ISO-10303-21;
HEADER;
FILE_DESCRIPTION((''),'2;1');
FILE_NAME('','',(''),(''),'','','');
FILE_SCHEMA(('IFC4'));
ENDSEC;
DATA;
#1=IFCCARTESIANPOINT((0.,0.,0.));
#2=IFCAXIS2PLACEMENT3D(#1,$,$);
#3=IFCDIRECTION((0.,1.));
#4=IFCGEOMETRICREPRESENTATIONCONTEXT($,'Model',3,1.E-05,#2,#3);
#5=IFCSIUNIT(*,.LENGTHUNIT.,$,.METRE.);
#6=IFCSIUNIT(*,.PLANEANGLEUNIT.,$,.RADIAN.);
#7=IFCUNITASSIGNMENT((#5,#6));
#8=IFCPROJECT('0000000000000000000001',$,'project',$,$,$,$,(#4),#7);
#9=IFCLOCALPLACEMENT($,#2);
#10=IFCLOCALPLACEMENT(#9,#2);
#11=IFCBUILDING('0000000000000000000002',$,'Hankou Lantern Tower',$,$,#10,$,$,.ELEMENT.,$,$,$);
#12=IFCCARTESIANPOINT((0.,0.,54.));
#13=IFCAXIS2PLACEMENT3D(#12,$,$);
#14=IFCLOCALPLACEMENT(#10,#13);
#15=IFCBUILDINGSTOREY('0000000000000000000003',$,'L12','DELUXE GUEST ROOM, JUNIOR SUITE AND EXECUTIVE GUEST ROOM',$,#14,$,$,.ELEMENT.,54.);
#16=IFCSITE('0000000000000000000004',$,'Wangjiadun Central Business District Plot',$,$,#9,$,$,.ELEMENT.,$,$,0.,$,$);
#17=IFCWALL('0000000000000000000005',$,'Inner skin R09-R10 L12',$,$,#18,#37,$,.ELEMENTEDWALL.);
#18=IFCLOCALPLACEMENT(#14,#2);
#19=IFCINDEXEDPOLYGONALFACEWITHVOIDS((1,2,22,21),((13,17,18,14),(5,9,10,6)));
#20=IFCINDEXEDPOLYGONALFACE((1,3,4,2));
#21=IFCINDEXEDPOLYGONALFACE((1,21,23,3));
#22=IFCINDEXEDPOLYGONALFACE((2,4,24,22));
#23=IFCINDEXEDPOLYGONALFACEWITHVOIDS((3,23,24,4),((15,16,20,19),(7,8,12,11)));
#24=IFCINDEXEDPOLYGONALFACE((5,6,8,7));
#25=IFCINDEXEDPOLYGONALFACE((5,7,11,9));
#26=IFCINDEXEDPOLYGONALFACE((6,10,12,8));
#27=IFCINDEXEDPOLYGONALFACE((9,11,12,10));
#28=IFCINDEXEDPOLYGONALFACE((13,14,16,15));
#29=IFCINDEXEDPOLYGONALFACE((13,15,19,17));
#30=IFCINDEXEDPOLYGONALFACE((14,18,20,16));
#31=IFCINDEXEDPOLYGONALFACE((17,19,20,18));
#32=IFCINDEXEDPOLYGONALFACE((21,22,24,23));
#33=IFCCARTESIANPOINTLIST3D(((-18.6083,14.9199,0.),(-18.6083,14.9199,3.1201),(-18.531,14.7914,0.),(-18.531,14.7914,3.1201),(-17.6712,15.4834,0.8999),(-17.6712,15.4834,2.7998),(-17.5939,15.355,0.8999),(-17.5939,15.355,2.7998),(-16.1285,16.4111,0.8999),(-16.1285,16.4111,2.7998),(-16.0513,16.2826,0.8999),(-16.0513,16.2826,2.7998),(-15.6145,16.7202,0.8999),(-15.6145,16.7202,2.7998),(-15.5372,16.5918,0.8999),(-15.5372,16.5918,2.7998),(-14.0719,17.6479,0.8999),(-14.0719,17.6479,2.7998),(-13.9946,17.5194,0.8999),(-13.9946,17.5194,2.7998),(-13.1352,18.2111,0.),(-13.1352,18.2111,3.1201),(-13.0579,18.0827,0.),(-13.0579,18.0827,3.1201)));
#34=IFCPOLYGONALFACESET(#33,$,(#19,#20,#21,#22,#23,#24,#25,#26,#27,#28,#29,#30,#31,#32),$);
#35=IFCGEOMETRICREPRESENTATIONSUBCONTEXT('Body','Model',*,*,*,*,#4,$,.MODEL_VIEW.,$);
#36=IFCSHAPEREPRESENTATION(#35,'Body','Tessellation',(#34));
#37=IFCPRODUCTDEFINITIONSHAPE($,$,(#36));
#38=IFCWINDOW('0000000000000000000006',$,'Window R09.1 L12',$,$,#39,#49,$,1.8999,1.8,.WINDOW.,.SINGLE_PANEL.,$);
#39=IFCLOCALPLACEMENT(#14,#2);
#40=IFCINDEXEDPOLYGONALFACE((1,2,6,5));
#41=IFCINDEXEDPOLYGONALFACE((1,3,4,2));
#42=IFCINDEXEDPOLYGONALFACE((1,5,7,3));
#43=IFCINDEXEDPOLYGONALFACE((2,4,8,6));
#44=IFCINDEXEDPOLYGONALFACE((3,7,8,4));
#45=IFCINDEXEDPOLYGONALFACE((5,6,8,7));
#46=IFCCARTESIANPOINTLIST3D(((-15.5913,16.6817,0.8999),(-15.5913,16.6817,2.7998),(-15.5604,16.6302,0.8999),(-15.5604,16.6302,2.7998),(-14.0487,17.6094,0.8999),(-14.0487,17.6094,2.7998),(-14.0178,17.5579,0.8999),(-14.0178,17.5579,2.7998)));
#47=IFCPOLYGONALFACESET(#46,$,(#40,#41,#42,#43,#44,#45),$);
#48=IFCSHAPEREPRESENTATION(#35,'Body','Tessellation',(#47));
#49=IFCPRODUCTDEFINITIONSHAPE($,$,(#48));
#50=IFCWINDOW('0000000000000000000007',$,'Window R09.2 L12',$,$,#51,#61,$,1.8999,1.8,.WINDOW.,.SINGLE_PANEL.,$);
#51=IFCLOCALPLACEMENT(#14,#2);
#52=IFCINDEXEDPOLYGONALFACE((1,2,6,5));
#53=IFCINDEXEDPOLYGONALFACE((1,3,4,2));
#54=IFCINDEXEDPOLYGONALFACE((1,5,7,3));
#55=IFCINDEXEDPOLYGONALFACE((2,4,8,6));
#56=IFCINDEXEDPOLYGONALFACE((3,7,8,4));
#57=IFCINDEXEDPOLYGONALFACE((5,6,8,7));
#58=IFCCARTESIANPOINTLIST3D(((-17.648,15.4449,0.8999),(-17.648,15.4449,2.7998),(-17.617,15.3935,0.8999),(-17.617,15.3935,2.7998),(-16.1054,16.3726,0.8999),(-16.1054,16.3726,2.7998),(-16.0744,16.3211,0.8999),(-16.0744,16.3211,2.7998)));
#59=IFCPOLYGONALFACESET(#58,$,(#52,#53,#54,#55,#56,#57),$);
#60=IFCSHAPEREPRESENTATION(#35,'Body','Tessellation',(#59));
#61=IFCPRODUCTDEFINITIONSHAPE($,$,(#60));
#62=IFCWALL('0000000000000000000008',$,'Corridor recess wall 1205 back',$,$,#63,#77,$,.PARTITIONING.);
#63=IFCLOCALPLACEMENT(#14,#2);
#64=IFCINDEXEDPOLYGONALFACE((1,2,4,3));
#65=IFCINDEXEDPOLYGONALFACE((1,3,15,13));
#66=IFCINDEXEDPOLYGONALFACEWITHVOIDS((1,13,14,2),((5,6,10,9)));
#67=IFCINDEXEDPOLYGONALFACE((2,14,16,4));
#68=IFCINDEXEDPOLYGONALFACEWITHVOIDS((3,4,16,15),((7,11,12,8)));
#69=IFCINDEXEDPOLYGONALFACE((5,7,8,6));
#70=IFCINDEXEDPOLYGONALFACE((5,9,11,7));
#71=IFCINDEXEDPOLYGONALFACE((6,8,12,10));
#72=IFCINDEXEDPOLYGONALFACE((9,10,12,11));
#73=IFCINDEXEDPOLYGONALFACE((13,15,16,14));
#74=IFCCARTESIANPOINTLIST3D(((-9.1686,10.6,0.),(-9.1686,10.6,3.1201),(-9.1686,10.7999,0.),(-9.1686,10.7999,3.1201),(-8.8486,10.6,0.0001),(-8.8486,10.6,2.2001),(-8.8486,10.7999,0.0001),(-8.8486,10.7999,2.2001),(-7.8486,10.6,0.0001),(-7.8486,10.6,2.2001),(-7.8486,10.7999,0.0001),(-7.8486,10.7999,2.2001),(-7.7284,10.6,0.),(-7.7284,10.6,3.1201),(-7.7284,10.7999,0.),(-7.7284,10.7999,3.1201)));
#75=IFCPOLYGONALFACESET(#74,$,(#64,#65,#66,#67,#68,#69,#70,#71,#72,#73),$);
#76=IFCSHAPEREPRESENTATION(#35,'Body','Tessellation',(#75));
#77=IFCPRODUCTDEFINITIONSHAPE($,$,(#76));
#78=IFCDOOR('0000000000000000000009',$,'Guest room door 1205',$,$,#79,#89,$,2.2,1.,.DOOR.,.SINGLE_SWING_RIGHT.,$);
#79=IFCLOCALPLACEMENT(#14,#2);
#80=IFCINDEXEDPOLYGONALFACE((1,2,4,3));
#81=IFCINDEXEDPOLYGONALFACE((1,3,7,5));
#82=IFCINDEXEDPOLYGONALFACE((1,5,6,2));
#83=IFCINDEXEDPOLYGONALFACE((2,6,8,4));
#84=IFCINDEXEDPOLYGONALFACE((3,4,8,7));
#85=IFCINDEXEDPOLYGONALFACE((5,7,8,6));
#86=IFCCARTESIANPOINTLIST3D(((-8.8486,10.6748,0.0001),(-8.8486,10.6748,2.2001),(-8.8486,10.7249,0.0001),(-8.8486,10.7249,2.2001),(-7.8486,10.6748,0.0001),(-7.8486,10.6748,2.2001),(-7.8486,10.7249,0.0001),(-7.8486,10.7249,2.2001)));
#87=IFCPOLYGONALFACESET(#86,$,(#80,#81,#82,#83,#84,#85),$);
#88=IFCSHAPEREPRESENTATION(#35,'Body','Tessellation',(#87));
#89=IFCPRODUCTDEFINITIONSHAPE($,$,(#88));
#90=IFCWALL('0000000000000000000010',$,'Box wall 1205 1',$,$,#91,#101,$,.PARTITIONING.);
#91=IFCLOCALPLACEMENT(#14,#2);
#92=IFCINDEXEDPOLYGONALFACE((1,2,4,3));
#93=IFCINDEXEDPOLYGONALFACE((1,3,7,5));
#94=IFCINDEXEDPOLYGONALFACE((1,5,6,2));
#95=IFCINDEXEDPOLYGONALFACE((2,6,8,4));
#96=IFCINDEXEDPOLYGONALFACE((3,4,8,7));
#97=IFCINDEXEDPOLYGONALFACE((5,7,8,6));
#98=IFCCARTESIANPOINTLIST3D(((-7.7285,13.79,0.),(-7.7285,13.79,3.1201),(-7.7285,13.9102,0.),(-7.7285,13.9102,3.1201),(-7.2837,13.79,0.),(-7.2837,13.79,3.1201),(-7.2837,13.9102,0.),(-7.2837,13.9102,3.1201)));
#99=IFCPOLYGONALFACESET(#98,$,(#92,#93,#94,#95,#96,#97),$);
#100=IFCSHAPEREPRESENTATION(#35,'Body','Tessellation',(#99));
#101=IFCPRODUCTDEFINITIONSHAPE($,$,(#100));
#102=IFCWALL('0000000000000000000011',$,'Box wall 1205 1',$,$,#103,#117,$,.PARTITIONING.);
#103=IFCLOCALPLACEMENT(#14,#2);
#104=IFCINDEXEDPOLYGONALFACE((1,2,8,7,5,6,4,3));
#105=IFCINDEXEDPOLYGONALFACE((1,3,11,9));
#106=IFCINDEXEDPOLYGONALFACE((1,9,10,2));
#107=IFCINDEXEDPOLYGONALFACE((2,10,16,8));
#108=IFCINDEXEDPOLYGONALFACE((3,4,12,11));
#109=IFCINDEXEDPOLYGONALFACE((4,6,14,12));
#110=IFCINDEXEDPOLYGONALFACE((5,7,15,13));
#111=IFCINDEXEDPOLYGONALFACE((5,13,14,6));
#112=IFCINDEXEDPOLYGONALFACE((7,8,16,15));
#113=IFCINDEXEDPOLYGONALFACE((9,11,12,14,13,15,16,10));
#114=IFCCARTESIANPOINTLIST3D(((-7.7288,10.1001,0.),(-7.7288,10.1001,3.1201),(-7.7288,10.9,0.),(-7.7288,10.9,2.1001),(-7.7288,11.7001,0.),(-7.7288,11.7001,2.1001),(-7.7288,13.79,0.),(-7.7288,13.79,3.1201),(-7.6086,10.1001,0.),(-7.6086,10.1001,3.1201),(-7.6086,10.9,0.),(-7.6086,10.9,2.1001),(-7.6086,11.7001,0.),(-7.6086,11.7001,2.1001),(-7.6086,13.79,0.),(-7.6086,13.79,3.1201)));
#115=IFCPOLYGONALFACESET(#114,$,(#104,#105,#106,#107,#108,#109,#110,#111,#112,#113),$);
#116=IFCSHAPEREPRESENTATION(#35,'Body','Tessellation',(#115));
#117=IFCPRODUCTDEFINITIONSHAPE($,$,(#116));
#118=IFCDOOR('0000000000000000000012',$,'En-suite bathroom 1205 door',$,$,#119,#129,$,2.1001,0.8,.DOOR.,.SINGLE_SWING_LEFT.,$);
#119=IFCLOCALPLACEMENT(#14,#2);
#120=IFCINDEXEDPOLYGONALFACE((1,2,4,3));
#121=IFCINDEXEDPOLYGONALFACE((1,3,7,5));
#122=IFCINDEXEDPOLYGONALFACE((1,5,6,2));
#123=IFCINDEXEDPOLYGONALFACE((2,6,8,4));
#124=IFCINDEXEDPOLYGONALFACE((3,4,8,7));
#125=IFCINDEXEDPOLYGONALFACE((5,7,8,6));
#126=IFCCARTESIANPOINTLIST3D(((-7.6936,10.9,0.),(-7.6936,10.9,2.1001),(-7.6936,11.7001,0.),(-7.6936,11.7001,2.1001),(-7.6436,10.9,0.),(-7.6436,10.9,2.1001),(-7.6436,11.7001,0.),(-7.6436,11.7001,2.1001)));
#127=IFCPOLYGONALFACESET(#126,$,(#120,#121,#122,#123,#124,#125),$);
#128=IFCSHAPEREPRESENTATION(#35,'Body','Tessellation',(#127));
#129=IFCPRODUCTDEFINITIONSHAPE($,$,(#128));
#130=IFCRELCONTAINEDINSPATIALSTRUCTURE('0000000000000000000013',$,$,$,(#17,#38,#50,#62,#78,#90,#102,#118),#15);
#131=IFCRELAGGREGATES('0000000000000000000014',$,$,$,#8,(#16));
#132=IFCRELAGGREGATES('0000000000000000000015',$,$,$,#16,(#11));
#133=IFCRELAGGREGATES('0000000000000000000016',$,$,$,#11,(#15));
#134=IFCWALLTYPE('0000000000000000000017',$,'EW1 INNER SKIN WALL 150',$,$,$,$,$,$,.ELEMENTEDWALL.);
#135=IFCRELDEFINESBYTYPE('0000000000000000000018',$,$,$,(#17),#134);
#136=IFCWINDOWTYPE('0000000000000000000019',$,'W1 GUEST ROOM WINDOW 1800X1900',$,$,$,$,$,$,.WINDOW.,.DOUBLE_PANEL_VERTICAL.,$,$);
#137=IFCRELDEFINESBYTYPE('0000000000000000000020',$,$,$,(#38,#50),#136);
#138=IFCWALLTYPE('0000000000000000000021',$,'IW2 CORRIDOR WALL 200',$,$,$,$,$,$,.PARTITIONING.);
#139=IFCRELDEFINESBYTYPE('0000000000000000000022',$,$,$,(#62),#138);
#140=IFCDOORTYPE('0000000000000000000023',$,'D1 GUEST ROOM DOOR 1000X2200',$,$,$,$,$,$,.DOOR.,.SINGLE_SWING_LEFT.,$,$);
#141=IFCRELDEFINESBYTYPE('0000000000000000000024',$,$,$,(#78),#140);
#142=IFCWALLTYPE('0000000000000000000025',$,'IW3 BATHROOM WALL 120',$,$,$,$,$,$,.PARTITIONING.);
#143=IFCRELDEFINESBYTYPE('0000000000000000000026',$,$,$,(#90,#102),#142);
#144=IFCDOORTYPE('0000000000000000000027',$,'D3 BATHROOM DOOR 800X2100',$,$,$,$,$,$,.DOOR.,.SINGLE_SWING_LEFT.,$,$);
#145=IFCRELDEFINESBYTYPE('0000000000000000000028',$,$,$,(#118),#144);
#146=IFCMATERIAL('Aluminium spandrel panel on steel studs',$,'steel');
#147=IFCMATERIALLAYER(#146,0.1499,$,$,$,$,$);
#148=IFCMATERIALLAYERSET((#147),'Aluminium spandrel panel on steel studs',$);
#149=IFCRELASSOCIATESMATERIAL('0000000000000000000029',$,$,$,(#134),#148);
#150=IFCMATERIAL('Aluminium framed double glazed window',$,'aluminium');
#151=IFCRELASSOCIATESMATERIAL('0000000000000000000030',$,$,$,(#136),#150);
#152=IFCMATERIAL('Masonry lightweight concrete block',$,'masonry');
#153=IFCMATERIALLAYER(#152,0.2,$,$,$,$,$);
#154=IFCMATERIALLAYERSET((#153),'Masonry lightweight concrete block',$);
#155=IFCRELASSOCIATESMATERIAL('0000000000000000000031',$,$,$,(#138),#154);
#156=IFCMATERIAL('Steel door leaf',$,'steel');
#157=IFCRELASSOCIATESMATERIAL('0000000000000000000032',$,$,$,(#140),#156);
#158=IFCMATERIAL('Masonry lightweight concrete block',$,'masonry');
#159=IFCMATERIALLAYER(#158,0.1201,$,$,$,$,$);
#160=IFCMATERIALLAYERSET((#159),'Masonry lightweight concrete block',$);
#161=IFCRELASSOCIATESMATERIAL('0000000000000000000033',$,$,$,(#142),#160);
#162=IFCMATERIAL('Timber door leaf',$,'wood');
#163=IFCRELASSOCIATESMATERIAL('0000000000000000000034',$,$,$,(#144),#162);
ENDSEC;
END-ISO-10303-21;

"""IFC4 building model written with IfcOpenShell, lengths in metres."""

from ifc_helpers import new_model, si_unit, direction, frame, frame_2d, origin, place, context, subcontext, project, spatial, rectangle, extrude, material, layer, layer_set, type_object, element, fill, save


model = new_model("IFC4")

# Units and contexts
model_context = context("Model", 3, precision=1e-05, world=origin(), true_north=direction((0.0, 1.0)))
body_context = subcontext(model_context, "Body", "Model", "MODEL_VIEW")
ifc_project = project(units=[si_unit("LENGTHUNIT", "METRE"), si_unit("PLANEANGLEUNIT", "RADIAN")], contexts=[model_context])

# Site, building, storey
site_placement = place(None, origin())
site = spatial("IfcSite", under=ifc_project, at=site_placement, Name="Wangjiadun Central Business District Plot", CompositionType="ELEMENT", RefElevation=0.0)
building_placement = place(site_placement, origin())
building = spatial("IfcBuilding", under=site, at=building_placement, Name="Hankou Lantern Tower", CompositionType="ELEMENT")
storey_placement = place(building_placement, frame((0.0, 0.0, 54.0)))
storey = spatial("IfcBuildingStorey", under=building, at=storey_placement, Name="L12", Description="DELUXE GUEST ROOM, JUNIOR SUITE AND EXECUTIVE GUEST ROOM", CompositionType="ELEMENT", Elevation=54.0)

# Wall, openings, windows
ifc_material_1 = material(Name="Aluminium spandrel panel on steel studs", Category="steel")
ifc_layer_1 = layer(ifc_material_1, 0.1499)
ifc_layer_set_1 = layer_set([ifc_layer_1], Name="Aluminium spandrel panel on steel studs")
wall_type_1 = type_object("IfcWallType", Name="EW1 INNER SKIN WALL 150", PredefinedType="ELEMENTEDWALL", material=ifc_layer_set_1)
wall_1_placement = place(storey_placement, frame((-13.0964, 18.147, 0.0), z_axis=(0.0, 0.0, 1.0), x_axis=(-0.856983, -0.515344, 0.0)))
wall_1 = element("IfcWall", 1, at=wall_1_placement, inside=storey, type_object=wall_type_1, Name="Inner skin R09-R10 L12", PredefinedType="ELEMENTEDWALL", context=body_context, shape_type="SweptSolid", body=[
    extrude(rectangle(XDim=6.3865, YDim=0.1499, at=frame_2d((3.1934, 0.0))), origin(), (0.0, 0.0, 1.0), 3.1201),
])
opening_1_placement = place(wall_1_placement, frame((1.0933, 0.0, 0.8999)))
opening_1 = element("IfcOpeningElement", 2, at=opening_1_placement, cuts=wall_1, PredefinedType="OPENING", context=body_context, shape_type="SweptSolid", body=[
    extrude(rectangle(XDim=1.8, YDim=1.8999, at=frame_2d((0.8999, 0.95))), frame((0.0, 0.085, 0.0), z_axis=(0.0, -1.0, 0.0), x_axis=(1.0, 0.0, 0.0)), (0.0, 0.0, 1.0), 0.1699),
])
opening_2_placement = place(wall_1_placement, frame((3.4932, 0.0, 0.8999)))
opening_2 = element("IfcOpeningElement", 3, at=opening_2_placement, cuts=wall_1, PredefinedType="OPENING", context=body_context, shape_type="SweptSolid", body=[
    extrude(rectangle(XDim=1.8, YDim=1.8999, at=frame_2d((0.8999, 0.95))), frame((0.0, 0.085, 0.0), z_axis=(0.0, -1.0, 0.0), x_axis=(1.0, 0.0, 0.0)), (0.0, 0.0, 1.0), 0.1699),
])
ifc_material_2 = material(Name="Aluminium framed double glazed window", Category="aluminium")
window_type = type_object("IfcWindowType", Name="W1 GUEST ROOM WINDOW 1800X1900", PartitioningType="DOUBLE_PANEL_VERTICAL", PredefinedType="WINDOW", material=ifc_material_2)
window_1_placement = place(opening_1_placement, origin())
window_1 = element("IfcWindow", 4, at=window_1_placement, inside=storey, type_object=window_type, Name="Window R09.1 L12", OverallHeight=1.8999, OverallWidth=1.8, PartitioningType="SINGLE_PANEL", PredefinedType="WINDOW", context=body_context, shape_type="SweptSolid", body=[
    extrude(rectangle(XDim=1.8, YDim=1.8999, at=frame_2d((0.8999, 0.95))), frame((0.0, 0.03, 0.0), z_axis=(0.0, -1.0, 0.0), x_axis=(1.0, 0.0, 0.0)), (0.0, 0.0, 1.0), 0.0601),
])
fill(opening_1, window_1)
window_2_placement = place(opening_2_placement, origin())
window_2 = element("IfcWindow", 5, at=window_2_placement, inside=storey, type_object=window_type, Name="Window R09.2 L12", OverallHeight=1.8999, OverallWidth=1.8, PartitioningType="SINGLE_PANEL", PredefinedType="WINDOW", context=body_context, shape_type="SweptSolid", body=[
    extrude(rectangle(XDim=1.8, YDim=1.8999, at=frame_2d((0.8999, 0.95))), frame((0.0, 0.03, 0.0), z_axis=(0.0, -1.0, 0.0), x_axis=(1.0, 0.0, 0.0)), (0.0, 0.0, 1.0), 0.0601),
])
fill(opening_2, window_2)

# Wall, opening, door
ifc_material_3 = material(Name="Masonry lightweight concrete block", Category="masonry")
ifc_layer_2 = layer(ifc_material_3, 0.2)
ifc_layer_set_2 = layer_set([ifc_layer_2], Name="Masonry lightweight concrete block")
wall_type_2 = type_object("IfcWallType", Name="IW2 CORRIDOR WALL 200", PredefinedType="PARTITIONING", material=ifc_layer_set_2)
wall_2_placement = place(storey_placement, frame((-9.1687, 10.7, 0.0), z_axis=(0.0, 0.0, 1.0), x_axis=(1.0, 0.0, 0.0)))
wall_2 = element("IfcWall", 6, at=wall_2_placement, inside=storey, type_object=wall_type_2, Name="Corridor recess wall 1205 back", PredefinedType="PARTITIONING", context=body_context, shape_type="SweptSolid", body=[
    extrude(rectangle(XDim=1.4402, YDim=0.2, at=frame_2d((0.7202, 0.0))), origin(), (0.0, 0.0, 1.0), 3.1201),
])
opening_3_placement = place(wall_2_placement, frame((0.3201, 0.0, 0.0)))
opening_3 = element("IfcOpeningElement", 7, at=opening_3_placement, cuts=wall_2, PredefinedType="OPENING", context=body_context, shape_type="SweptSolid", body=[
    extrude(rectangle(XDim=1.0, YDim=2.2, at=frame_2d((0.5, 1.1001))), frame((0.0, 0.1099, 0.0), z_axis=(0.0, -1.0, 0.0), x_axis=(1.0, 0.0, 0.0)), (0.0, 0.0, 1.0), 0.22),
])
ifc_material_4 = material(Name="Steel door leaf", Category="steel")
door_type_1 = type_object("IfcDoorType", Name="D1 GUEST ROOM DOOR 1000X2200", OperationType="SINGLE_SWING_LEFT", PredefinedType="DOOR", material=ifc_material_4)
door_1_placement = place(opening_3_placement, origin())
door_1 = element("IfcDoor", 8, at=door_1_placement, inside=storey, type_object=door_type_1, Name="Guest room door 1205", OperationType="SINGLE_SWING_RIGHT", OverallHeight=2.2, OverallWidth=1.0, PredefinedType="DOOR", context=body_context, shape_type="SweptSolid", body=[
    extrude(rectangle(XDim=1.0, YDim=2.2, at=frame_2d((0.5, 1.1001))), frame((0.0, 0.0249, 0.0), z_axis=(0.0, -1.0, 0.0), x_axis=(1.0, 0.0, 0.0)), (0.0, 0.0, 1.0), 0.05),
])
fill(opening_3, door_1)

# Wall
ifc_material_5 = material(Name="Masonry lightweight concrete block", Category="masonry")
ifc_layer_3 = layer(ifc_material_5, 0.1201)
ifc_layer_set_3 = layer_set([ifc_layer_3], Name="Masonry lightweight concrete block")
wall_type_3 = type_object("IfcWallType", Name="IW3 BATHROOM WALL 120", PredefinedType="PARTITIONING", material=ifc_layer_set_3)
wall_3_placement = place(storey_placement, frame((-7.2837, 13.8501, 0.0), z_axis=(0.0, 0.0, 1.0), x_axis=(-1.0, 0.0, 0.0)))
element("IfcWall", 9, at=wall_3_placement, inside=storey, type_object=wall_type_3, Name="Box wall 1205 1", PredefinedType="PARTITIONING", context=body_context, shape_type="SweptSolid", body=[
    extrude(rectangle(XDim=0.4448, YDim=0.1201, at=frame_2d((0.2224, 0.0))), origin(), (0.0, 0.0, 1.0), 3.1201),
])

# Wall, opening, door
wall_4_placement = place(storey_placement, frame((-7.6687, 10.1001, 0.0), z_axis=(0.0, 0.0, 1.0), x_axis=(0.0, 1.0, 0.0)))
wall_4 = element("IfcWall", 10, at=wall_4_placement, inside=storey, type_object=wall_type_3, Name="Box wall 1205 1", PredefinedType="PARTITIONING", context=body_context, shape_type="SweptSolid", body=[
    extrude(rectangle(XDim=3.6899, YDim=0.1201, at=frame_2d((1.845, 0.0))), origin(), (0.0, 0.0, 1.0), 3.1201),
])
opening_4_placement = place(wall_4_placement, frame((0.8, 0.0, 0.0)))
opening_4 = element("IfcOpeningElement", 11, at=opening_4_placement, cuts=wall_4, PredefinedType="OPENING", context=body_context, shape_type="SweptSolid", body=[
    extrude(rectangle(XDim=0.8, YDim=2.1001, at=frame_2d((0.3999, 1.05))), frame((0.0, 0.0701, 0.0), z_axis=(0.0, -1.0, 0.0), x_axis=(1.0, 0.0, 0.0)), (0.0, 0.0, 1.0), 0.1401),
])
ifc_material_6 = material(Name="Timber door leaf", Category="wood")
door_type_2 = type_object("IfcDoorType", Name="D3 BATHROOM DOOR 800X2100", OperationType="SINGLE_SWING_LEFT", PredefinedType="DOOR", material=ifc_material_6)
door_2_placement = place(opening_4_placement, origin())
door_2 = element("IfcDoor", 12, at=door_2_placement, inside=storey, type_object=door_type_2, Name="En-suite bathroom 1205 door", OperationType="SINGLE_SWING_LEFT", OverallHeight=2.1001, OverallWidth=0.8, PredefinedType="DOOR", context=body_context, shape_type="SweptSolid", body=[
    extrude(rectangle(XDim=0.8, YDim=2.1001, at=frame_2d((0.3999, 1.05))), frame((0.0, 0.0249, 0.0), z_axis=(0.0, -1.0, 0.0), x_axis=(1.0, 0.0, 0.0)), (0.0, 0.0, 1.0), 0.05),
])
fill(opening_4, door_2)

save(model, "model.ifc")
